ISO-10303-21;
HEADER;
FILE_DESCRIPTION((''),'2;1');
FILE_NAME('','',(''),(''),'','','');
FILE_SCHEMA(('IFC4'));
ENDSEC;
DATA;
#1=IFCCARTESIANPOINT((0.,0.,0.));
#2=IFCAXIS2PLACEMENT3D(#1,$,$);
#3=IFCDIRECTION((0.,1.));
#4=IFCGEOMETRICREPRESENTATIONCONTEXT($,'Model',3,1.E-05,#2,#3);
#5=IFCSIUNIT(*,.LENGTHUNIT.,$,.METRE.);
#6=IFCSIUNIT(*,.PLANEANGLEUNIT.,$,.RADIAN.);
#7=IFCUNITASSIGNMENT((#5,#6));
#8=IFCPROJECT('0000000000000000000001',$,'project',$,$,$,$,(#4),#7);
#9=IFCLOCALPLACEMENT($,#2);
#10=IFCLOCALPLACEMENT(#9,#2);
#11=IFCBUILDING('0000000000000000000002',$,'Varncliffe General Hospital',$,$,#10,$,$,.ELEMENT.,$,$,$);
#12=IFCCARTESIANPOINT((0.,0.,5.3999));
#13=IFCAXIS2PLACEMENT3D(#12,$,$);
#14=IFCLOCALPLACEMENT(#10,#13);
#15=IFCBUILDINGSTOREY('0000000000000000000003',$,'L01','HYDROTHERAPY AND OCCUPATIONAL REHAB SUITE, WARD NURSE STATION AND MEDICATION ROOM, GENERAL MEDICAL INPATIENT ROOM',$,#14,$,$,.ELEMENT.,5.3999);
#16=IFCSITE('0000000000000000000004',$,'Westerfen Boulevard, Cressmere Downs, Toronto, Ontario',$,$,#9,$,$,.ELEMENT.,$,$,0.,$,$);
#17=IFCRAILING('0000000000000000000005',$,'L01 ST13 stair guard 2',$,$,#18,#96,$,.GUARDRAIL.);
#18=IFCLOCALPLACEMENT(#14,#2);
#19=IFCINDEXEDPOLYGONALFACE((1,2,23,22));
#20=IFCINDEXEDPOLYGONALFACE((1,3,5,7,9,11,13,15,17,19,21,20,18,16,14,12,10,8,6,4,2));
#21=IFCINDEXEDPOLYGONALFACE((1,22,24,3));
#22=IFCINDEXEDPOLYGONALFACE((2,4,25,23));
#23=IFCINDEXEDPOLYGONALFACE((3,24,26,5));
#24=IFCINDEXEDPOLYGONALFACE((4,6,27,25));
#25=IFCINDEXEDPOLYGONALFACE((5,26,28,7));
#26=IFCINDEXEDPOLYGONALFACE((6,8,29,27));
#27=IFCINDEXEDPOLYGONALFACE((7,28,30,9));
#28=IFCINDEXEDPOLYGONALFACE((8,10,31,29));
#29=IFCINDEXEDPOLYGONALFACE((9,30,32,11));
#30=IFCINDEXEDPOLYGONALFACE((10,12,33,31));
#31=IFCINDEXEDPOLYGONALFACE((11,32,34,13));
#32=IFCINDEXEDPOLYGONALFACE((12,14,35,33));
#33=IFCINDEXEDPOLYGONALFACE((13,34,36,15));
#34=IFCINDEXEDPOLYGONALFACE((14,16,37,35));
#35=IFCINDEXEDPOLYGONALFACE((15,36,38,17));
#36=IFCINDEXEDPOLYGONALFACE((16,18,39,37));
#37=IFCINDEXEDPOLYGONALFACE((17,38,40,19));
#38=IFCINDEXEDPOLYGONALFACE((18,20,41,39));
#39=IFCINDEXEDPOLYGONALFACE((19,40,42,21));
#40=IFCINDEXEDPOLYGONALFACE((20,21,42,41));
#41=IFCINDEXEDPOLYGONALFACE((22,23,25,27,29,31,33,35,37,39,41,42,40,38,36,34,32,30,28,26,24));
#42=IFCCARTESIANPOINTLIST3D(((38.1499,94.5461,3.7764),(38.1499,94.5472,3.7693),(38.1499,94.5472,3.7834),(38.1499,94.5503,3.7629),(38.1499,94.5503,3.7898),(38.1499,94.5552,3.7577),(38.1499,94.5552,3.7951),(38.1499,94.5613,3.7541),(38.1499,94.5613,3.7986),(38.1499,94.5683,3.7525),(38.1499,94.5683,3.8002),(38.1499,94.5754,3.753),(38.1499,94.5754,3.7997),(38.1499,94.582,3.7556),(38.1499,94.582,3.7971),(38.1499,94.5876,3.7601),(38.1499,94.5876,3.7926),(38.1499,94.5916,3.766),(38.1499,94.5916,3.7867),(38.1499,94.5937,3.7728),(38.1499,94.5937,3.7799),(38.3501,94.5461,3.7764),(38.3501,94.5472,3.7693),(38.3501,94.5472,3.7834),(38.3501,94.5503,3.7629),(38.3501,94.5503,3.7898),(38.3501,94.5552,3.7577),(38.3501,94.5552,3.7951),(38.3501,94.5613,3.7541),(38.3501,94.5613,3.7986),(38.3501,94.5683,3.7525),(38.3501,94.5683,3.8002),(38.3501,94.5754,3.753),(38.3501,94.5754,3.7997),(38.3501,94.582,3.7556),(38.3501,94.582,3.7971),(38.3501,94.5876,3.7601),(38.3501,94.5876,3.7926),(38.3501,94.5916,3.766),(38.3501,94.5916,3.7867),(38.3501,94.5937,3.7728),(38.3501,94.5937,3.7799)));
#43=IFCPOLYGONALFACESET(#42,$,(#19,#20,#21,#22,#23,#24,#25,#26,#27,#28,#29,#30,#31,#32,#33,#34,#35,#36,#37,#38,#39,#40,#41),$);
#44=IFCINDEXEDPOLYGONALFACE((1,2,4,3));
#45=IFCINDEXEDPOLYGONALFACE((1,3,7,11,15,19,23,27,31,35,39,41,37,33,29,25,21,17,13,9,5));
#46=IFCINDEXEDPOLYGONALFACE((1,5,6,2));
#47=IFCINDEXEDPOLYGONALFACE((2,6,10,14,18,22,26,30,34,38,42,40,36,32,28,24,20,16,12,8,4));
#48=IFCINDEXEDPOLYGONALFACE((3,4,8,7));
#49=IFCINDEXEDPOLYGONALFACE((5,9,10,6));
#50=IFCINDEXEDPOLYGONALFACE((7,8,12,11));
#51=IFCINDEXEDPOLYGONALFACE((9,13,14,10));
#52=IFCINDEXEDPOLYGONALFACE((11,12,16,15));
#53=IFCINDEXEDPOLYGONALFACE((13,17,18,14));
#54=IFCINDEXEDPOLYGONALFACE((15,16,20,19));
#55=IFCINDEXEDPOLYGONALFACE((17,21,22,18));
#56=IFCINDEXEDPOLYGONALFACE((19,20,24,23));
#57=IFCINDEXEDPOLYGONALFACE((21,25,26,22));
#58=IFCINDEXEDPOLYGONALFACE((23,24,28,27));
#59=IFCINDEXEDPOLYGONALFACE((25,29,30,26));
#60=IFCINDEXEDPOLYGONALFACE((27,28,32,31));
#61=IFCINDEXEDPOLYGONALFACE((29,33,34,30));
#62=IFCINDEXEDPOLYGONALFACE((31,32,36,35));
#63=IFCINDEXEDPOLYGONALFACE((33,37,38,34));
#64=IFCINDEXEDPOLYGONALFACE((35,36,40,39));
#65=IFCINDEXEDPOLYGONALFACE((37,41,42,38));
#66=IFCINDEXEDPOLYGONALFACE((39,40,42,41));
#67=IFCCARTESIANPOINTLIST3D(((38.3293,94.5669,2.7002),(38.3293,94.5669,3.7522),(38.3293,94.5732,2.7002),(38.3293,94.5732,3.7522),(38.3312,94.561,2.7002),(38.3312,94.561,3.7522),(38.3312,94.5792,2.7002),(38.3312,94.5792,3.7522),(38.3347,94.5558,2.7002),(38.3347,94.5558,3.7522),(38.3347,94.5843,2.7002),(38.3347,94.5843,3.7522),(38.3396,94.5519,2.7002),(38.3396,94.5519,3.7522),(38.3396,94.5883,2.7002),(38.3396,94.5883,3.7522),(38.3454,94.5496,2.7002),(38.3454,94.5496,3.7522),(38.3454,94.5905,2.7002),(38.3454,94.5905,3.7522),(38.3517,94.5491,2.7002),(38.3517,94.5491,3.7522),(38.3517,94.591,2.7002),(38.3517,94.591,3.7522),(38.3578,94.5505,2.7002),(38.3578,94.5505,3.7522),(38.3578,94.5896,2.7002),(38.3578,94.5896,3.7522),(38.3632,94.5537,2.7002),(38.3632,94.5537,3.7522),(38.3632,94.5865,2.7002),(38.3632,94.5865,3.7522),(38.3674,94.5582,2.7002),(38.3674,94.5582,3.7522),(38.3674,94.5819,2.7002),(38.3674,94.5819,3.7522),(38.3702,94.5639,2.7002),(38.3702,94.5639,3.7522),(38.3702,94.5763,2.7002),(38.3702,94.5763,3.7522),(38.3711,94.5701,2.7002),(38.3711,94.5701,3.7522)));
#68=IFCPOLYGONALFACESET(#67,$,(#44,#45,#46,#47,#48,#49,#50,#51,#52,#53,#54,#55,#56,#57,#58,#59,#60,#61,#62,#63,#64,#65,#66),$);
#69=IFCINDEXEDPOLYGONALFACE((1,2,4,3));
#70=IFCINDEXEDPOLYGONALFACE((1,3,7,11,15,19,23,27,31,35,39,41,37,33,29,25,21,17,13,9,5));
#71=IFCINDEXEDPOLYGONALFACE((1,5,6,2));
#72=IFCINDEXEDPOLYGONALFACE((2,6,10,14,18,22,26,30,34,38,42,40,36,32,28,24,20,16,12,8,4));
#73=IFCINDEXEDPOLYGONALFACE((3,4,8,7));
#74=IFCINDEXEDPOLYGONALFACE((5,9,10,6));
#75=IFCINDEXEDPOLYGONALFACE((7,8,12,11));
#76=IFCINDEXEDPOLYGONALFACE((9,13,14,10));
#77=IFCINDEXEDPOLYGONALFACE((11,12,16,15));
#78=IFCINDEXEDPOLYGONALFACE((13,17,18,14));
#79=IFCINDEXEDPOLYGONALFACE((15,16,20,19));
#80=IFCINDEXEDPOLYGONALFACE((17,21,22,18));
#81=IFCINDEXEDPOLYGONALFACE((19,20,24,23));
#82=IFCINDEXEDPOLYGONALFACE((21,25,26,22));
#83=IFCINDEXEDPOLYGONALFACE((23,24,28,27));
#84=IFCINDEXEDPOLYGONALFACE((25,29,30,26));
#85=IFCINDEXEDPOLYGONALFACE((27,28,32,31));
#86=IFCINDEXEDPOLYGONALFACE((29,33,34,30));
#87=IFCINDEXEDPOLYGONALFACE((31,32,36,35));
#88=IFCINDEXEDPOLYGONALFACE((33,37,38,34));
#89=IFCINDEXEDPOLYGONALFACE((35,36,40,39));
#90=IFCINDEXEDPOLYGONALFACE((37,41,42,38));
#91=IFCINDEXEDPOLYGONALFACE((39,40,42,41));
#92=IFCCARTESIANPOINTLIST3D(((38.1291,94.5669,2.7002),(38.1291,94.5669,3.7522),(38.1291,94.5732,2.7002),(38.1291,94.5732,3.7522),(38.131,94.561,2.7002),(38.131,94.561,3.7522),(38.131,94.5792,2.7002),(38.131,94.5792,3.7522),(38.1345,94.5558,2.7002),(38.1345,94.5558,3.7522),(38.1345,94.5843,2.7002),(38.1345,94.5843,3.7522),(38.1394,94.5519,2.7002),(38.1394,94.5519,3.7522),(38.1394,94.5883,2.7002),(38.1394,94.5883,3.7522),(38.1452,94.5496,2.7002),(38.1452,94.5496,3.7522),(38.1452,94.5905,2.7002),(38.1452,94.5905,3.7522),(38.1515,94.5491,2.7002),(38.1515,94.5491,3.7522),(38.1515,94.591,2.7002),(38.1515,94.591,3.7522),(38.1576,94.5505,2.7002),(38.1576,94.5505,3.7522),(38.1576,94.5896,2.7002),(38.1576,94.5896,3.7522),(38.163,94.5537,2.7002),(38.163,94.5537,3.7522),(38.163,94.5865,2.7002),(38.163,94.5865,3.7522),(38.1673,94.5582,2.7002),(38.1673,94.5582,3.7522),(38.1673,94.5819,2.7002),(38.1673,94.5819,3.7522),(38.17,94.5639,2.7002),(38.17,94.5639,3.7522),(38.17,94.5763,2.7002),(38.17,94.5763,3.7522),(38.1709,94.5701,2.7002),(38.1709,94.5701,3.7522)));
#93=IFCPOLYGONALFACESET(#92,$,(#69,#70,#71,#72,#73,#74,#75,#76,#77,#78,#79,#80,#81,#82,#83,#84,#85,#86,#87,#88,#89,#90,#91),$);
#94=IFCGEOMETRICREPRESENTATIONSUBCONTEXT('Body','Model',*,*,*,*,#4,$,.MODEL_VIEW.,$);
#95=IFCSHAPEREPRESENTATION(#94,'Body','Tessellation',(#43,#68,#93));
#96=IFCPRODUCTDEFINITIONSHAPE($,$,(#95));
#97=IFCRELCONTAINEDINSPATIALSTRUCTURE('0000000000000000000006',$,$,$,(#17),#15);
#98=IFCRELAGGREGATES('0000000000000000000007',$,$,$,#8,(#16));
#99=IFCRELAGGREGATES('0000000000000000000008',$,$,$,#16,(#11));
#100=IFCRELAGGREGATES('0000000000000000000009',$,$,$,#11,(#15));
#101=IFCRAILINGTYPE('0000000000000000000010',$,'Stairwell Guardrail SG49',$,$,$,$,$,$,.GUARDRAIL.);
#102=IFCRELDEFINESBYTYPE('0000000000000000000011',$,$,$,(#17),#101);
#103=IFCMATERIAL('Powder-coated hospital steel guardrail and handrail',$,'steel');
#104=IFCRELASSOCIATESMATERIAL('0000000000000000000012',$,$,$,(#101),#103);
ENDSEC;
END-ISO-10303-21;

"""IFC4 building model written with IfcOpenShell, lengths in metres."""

from ifc_helpers import new_model, si_unit, direction, frame, origin, origin_2d, place, context, subcontext, project, spatial, circle, extrude, material, type_object, element, save


model = new_model("IFC4")

# Units and contexts
model_context = context("Model", 3, precision=1e-05, world=origin(), true_north=direction((0.0, 1.0)))
body_context = subcontext(model_context, "Body", "Model", "MODEL_VIEW")
ifc_project = project(units=[si_unit("LENGTHUNIT", "METRE"), si_unit("PLANEANGLEUNIT", "RADIAN")], contexts=[model_context])

# Site, building, storey
site_placement = place(None, origin())
site = spatial("IfcSite", under=ifc_project, at=site_placement, Name="Westerfen Boulevard, Cressmere Downs, Toronto, Ontario", CompositionType="ELEMENT", RefElevation=0.0)
building_placement = place(site_placement, origin())
building = spatial("IfcBuilding", under=site, at=building_placement, Name="Varncliffe General Hospital", CompositionType="ELEMENT")
storey_placement = place(building_placement, frame((0.0, 0.0, 5.3999)))
storey = spatial("IfcBuildingStorey", under=building, at=storey_placement, Name="L01", Description="HYDROTHERAPY AND OCCUPATIONAL REHAB SUITE, WARD NURSE STATION AND MEDICATION ROOM, GENERAL MEDICAL INPATIENT ROOM", CompositionType="ELEMENT", Elevation=5.3999)

# Railing
ifc_material_1 = material(Name="Powder-coated hospital steel guardrail and handrail", Category="steel")
railing_type_1 = type_object("IfcRailingType", Name="Stairwell Guardrail SG49", PredefinedType="GUARDRAIL", material=ifc_material_1)
railing_1_placement = place(storey_placement, frame((38.3501, 94.5701, 2.7002)))
element("IfcRailing", 1, at=railing_1_placement, inside=storey, type_object=railing_type_1, Name="L01 ST13 stair guard 2", PredefinedType="GUARDRAIL", context=body_context, shape_type="SweptSolid", body=[
    extrude(circle(Radius=0.0239, at=origin_2d()), frame((0.0, 0.0, 1.0762), z_axis=(-1.0, 0.0, 0.0), x_axis=(0.0, -1.0, 0.0)), (0.0, 0.0, 1.0), 0.2002),
    extrude(circle(Radius=0.021, at=origin_2d()), origin(), (0.0, 0.0, 1.0), 1.052),
    extrude(circle(Radius=0.021, at=origin_2d()), frame((-0.2002, 0.0, 0.0)), (0.0, 0.0, 1.0), 1.052),
])

save(model, "model.ifc")
